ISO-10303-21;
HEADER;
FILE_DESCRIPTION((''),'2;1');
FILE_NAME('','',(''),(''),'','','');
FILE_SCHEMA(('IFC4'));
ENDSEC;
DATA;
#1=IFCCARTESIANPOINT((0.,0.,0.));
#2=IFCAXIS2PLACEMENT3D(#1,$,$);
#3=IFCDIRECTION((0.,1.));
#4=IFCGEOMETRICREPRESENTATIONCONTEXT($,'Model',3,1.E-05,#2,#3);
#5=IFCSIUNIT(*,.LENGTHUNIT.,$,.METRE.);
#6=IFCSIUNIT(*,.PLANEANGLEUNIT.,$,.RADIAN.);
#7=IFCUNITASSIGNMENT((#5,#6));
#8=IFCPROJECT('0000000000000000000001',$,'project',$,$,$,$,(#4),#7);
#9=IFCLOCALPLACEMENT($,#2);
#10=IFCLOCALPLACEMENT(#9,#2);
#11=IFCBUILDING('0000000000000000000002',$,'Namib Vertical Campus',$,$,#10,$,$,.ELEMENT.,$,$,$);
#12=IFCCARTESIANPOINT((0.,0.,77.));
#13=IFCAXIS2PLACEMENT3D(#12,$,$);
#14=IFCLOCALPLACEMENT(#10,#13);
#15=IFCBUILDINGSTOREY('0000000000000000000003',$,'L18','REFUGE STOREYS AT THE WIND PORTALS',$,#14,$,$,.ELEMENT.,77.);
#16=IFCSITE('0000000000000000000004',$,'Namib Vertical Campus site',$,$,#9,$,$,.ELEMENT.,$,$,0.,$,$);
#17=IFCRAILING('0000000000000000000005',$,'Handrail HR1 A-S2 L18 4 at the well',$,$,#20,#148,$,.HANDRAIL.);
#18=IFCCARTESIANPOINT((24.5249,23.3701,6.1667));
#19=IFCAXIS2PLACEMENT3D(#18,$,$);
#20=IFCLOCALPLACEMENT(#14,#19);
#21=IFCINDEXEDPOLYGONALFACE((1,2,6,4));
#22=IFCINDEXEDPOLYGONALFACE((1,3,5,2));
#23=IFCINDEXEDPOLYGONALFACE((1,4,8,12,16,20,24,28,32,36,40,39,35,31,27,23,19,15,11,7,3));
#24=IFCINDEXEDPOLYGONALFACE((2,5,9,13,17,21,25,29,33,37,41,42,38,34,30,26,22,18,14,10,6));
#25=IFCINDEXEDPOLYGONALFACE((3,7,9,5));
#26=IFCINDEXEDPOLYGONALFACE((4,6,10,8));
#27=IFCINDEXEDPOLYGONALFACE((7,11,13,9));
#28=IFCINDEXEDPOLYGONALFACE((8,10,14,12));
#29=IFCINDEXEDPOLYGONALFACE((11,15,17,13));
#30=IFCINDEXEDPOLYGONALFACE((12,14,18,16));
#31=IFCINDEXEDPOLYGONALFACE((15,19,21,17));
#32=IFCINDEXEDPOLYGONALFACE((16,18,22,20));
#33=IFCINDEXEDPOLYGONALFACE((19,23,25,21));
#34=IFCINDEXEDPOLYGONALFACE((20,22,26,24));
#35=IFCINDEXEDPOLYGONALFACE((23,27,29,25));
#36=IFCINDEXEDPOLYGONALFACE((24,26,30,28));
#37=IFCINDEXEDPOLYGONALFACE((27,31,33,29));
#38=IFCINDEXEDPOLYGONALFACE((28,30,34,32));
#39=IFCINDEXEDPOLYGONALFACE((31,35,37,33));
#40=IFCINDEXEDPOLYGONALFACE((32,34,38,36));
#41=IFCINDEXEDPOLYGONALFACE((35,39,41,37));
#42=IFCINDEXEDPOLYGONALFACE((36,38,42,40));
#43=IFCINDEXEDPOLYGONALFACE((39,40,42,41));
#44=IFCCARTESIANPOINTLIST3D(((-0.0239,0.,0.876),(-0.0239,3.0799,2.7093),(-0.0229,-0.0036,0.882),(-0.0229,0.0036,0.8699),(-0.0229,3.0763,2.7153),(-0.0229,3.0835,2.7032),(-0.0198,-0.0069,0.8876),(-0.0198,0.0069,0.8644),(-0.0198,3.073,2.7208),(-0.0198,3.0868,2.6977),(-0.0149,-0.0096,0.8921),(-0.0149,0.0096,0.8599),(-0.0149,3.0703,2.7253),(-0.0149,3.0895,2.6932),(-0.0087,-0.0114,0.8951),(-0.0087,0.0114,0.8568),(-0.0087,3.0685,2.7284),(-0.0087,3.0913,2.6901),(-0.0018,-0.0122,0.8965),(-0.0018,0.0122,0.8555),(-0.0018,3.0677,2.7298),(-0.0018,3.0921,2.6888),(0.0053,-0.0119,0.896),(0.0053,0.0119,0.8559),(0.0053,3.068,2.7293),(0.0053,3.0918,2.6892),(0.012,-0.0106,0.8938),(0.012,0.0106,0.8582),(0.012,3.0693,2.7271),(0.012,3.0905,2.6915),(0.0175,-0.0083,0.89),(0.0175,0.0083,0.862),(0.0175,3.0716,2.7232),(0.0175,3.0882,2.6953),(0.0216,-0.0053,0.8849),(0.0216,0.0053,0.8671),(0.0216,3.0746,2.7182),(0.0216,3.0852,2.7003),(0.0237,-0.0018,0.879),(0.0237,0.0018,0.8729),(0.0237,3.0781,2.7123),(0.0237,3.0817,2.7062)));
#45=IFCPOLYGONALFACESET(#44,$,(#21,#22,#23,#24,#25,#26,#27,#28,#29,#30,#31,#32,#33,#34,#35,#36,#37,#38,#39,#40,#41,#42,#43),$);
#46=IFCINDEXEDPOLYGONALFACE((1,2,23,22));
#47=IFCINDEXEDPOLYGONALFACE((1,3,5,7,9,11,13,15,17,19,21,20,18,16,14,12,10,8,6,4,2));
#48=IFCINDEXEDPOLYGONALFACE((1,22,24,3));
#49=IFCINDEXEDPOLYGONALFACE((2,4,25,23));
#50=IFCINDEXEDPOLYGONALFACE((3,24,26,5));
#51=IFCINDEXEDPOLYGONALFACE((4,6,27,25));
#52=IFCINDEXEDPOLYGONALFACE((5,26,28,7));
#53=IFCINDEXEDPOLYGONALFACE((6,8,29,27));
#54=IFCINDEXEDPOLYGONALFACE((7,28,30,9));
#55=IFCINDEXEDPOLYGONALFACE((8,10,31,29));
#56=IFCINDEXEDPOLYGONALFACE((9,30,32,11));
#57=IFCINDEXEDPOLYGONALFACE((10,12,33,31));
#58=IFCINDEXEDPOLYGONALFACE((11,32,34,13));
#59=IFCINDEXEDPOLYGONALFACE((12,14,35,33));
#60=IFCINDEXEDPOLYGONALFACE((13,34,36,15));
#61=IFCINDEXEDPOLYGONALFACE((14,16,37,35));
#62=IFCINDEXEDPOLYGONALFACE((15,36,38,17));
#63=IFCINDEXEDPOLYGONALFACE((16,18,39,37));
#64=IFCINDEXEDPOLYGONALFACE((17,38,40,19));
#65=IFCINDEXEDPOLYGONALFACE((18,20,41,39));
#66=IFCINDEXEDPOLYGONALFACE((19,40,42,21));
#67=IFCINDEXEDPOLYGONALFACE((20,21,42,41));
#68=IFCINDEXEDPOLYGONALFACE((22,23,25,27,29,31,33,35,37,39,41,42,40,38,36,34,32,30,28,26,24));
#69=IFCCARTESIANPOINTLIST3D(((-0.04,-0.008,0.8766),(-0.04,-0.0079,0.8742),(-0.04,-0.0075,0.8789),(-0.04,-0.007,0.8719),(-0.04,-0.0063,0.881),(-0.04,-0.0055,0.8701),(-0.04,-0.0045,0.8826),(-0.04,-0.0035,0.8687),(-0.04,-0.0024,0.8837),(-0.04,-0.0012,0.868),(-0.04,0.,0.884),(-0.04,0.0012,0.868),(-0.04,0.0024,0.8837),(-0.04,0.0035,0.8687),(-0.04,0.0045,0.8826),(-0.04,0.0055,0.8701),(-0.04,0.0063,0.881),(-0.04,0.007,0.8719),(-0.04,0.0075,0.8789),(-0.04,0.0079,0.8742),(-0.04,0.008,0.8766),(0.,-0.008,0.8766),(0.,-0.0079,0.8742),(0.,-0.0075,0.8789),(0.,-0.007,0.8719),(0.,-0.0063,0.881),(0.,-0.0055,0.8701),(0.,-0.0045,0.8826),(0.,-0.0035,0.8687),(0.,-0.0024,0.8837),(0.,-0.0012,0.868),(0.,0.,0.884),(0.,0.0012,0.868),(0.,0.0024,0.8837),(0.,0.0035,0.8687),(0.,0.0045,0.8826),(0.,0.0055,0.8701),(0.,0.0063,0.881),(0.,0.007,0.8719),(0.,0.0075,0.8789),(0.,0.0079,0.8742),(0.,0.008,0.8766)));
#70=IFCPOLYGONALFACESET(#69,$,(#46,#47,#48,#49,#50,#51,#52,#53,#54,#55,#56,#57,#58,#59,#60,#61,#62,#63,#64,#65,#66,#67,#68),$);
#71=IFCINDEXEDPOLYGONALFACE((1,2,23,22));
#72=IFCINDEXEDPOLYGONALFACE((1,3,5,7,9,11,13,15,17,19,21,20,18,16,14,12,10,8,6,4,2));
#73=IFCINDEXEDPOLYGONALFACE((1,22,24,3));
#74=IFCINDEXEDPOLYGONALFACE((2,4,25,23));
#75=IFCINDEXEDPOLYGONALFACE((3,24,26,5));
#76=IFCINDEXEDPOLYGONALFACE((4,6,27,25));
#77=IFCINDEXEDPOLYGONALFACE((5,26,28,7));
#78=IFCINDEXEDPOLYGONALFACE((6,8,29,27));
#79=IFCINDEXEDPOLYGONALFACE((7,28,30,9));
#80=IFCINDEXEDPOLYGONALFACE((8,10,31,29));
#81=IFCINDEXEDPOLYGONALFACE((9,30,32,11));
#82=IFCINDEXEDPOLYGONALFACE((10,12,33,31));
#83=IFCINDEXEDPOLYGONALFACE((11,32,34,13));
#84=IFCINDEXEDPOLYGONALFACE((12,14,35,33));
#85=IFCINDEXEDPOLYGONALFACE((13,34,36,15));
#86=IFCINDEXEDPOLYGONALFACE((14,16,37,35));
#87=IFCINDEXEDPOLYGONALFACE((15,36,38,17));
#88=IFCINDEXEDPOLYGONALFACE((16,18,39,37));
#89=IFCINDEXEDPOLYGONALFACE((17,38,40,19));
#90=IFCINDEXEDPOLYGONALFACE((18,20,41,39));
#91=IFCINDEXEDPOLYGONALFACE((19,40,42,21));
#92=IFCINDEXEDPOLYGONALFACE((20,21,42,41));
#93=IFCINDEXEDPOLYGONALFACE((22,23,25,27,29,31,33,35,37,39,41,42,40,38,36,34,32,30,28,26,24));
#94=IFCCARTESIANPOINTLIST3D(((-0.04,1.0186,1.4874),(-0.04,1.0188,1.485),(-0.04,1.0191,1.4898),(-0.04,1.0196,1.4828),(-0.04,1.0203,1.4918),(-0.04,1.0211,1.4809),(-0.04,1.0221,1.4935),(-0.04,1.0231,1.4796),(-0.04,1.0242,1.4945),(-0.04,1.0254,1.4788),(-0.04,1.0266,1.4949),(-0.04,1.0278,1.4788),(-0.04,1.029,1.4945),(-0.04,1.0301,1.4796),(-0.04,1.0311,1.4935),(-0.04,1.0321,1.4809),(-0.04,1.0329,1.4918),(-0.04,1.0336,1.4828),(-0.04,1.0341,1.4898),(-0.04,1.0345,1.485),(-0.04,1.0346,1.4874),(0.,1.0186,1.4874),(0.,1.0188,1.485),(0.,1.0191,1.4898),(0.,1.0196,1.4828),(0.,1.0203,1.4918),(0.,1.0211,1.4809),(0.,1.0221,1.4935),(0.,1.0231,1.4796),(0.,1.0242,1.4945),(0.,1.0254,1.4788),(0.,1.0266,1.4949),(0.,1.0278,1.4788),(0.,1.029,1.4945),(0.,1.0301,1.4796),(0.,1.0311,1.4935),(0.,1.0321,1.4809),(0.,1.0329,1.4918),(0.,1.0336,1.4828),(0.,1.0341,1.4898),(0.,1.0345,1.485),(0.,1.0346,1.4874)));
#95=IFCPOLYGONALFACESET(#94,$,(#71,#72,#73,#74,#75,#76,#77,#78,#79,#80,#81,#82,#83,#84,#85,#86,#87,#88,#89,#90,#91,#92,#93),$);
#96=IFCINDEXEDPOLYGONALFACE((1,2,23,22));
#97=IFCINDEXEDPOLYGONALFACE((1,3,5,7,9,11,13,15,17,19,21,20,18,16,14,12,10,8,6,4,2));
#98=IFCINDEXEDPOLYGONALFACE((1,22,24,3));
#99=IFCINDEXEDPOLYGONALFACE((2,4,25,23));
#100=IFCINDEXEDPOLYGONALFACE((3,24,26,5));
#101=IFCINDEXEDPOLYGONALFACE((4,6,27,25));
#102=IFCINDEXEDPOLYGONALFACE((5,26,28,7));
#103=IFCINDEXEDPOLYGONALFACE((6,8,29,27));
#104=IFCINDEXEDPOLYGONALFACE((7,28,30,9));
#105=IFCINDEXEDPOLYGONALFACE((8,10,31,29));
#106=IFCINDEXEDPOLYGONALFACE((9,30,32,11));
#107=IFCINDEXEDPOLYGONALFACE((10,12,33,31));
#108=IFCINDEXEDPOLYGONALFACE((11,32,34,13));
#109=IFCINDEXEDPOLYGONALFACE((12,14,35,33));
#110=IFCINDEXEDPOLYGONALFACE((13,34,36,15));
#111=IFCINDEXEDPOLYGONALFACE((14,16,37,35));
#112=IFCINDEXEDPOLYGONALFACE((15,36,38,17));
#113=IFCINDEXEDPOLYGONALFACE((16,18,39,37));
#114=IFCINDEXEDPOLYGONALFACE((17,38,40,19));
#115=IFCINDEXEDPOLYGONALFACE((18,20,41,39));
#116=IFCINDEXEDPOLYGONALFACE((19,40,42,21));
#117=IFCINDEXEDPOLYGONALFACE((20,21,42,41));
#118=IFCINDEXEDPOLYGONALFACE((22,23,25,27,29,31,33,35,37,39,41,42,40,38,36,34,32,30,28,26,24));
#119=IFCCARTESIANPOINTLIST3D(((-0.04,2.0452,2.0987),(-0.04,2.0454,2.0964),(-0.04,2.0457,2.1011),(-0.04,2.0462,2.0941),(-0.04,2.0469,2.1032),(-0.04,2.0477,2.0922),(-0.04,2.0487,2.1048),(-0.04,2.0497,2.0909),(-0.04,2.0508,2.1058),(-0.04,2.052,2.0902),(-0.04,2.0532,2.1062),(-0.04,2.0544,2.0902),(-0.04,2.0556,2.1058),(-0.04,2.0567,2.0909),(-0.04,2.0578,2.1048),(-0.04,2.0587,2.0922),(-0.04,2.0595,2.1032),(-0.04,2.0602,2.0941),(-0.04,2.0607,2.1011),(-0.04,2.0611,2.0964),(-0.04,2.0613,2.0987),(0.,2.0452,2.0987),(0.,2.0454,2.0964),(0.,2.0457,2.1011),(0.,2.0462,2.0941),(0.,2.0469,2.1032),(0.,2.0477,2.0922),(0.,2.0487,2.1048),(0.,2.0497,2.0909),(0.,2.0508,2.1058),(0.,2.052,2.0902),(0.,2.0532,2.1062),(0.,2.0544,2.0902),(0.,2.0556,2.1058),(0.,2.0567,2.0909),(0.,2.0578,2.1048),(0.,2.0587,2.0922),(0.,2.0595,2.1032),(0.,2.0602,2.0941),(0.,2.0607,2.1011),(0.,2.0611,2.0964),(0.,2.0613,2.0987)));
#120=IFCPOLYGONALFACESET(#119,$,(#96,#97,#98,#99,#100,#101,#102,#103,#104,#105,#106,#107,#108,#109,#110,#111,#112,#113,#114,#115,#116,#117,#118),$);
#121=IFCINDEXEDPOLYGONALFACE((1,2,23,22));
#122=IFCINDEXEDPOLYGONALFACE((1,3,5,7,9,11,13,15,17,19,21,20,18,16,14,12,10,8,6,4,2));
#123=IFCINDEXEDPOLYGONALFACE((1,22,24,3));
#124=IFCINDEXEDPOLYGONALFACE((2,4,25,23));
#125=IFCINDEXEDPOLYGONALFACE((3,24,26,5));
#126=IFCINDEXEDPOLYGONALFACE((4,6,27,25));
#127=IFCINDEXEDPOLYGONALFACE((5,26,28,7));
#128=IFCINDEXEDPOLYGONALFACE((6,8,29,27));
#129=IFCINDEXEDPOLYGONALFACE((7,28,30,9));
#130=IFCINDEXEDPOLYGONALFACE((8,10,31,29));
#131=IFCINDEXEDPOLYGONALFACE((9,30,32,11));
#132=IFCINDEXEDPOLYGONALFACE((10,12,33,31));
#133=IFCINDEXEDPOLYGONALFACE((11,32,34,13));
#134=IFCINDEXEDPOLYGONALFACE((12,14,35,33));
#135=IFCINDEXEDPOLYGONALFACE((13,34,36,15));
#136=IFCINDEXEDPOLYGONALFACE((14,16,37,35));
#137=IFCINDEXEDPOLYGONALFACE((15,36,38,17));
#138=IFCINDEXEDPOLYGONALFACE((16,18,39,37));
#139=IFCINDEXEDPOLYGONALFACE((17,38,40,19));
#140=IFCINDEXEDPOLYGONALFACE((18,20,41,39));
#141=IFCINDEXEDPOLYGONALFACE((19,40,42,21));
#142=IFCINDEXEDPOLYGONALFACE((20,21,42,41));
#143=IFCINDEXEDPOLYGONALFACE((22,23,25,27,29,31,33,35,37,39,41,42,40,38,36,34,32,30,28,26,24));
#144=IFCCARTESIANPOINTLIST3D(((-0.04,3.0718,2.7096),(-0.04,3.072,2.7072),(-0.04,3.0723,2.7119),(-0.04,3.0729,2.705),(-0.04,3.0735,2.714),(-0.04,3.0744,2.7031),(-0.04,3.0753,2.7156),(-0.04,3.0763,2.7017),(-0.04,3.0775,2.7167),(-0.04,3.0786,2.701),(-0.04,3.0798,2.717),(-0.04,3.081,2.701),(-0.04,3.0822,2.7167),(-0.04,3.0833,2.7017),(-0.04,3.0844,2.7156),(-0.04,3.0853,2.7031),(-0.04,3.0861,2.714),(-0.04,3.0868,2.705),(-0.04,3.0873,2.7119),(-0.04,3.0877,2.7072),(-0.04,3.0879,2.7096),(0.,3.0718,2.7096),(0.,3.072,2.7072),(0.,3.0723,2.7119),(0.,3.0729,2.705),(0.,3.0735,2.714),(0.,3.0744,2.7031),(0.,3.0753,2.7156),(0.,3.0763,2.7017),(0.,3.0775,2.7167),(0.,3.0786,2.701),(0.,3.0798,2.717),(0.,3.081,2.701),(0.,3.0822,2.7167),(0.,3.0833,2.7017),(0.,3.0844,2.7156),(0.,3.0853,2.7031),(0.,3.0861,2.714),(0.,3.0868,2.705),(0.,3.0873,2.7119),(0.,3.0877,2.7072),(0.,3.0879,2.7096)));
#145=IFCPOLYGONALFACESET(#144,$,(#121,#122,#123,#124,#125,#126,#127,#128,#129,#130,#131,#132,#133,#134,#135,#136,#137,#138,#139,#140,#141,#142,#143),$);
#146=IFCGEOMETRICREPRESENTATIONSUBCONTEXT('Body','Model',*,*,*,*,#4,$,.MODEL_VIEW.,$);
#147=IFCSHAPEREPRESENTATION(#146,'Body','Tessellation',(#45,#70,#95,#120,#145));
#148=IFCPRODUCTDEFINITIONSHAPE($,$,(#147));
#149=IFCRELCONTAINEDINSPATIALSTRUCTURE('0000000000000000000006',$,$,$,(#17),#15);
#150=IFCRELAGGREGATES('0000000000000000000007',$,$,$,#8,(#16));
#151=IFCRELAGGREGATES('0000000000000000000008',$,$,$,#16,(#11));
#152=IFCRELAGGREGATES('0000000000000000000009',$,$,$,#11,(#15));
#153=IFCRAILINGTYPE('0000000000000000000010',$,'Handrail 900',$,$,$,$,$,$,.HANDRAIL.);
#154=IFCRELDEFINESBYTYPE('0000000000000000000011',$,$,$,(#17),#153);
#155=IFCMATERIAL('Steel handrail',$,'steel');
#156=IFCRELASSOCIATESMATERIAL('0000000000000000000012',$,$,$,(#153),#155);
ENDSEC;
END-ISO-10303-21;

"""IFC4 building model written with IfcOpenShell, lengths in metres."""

from ifc_helpers import new_model, si_unit, direction, frame, origin, origin_2d, place, context, subcontext, project, spatial, circle, extrude, material, type_object, element, save


model = new_model("IFC4")

# Units and contexts
model_context = context("Model", 3, precision=1e-05, world=origin(), true_north=direction((0.0, 1.0)))
body_context = subcontext(model_context, "Body", "Model", "MODEL_VIEW")
ifc_project = project(units=[si_unit("LENGTHUNIT", "METRE"), si_unit("PLANEANGLEUNIT", "RADIAN")], contexts=[model_context])

# Site, building, storey
site_placement = place(None, origin())
site = spatial("IfcSite", under=ifc_project, at=site_placement, Name="Namib Vertical Campus site", CompositionType="ELEMENT", RefElevation=0.0)
building_placement = place(site_placement, origin())
building = spatial("IfcBuilding", under=site, at=building_placement, Name="Namib Vertical Campus", CompositionType="ELEMENT")
storey_placement = place(building_placement, frame((0.0, 0.0, 77.0)))
storey = spatial("IfcBuildingStorey", under=building, at=storey_placement, Name="L18", Description="REFUGE STOREYS AT THE WIND PORTALS", CompositionType="ELEMENT", Elevation=77.0)

# Railing
ifc_material_1 = material(Name="Steel handrail", Category="steel")
railing_type_1 = type_object("IfcRailingType", Name="Handrail 900", PredefinedType="HANDRAIL", material=ifc_material_1)
railing_1_placement = place(storey_placement, frame((24.5249, 23.3701, 6.1667)))
element("IfcRailing", 1, at=railing_1_placement, inside=storey, type_object=railing_type_1, Name="Handrail HR1 A-S2 L18 4 at the well", PredefinedType="HANDRAIL", context=body_context, shape_type="SweptSolid", body=[
    extrude(circle(Radius=0.0239, at=origin_2d()), frame((0.0, 0.0, 0.876), z_axis=(0.0, 0.859291, 0.511487), x_axis=(-1.0, 0.0, 0.0)), (0.0, 0.0, 1.0), 3.5842),
    extrude(circle(Radius=0.0081, at=origin_2d()), frame((0.0, 0.0, 0.876), z_axis=(-1.0, 0.0, 0.0), x_axis=(0.0, 0.0, 1.0)), (0.0, 0.0, 1.0), 0.04),
    extrude(circle(Radius=0.0081, at=origin_2d()), frame((0.0, 1.0266, 1.4868), z_axis=(-1.0, 0.0, 0.0), x_axis=(0.0, 0.0, 1.0)), (0.0, 0.0, 1.0), 0.04),
    extrude(circle(Radius=0.0081, at=origin_2d()), frame((0.0, 2.0532, 2.0981), z_axis=(-1.0, 0.0, 0.0), x_axis=(0.0, 0.0, 1.0)), (0.0, 0.0, 1.0), 0.04),
    extrude(circle(Radius=0.0081, at=origin_2d()), frame((0.0, 3.0798, 2.709), z_axis=(-1.0, 0.0, 0.0), x_axis=(0.0, 0.0, 1.0)), (0.0, 0.0, 1.0), 0.04),
])

save(model, "model.ifc")
